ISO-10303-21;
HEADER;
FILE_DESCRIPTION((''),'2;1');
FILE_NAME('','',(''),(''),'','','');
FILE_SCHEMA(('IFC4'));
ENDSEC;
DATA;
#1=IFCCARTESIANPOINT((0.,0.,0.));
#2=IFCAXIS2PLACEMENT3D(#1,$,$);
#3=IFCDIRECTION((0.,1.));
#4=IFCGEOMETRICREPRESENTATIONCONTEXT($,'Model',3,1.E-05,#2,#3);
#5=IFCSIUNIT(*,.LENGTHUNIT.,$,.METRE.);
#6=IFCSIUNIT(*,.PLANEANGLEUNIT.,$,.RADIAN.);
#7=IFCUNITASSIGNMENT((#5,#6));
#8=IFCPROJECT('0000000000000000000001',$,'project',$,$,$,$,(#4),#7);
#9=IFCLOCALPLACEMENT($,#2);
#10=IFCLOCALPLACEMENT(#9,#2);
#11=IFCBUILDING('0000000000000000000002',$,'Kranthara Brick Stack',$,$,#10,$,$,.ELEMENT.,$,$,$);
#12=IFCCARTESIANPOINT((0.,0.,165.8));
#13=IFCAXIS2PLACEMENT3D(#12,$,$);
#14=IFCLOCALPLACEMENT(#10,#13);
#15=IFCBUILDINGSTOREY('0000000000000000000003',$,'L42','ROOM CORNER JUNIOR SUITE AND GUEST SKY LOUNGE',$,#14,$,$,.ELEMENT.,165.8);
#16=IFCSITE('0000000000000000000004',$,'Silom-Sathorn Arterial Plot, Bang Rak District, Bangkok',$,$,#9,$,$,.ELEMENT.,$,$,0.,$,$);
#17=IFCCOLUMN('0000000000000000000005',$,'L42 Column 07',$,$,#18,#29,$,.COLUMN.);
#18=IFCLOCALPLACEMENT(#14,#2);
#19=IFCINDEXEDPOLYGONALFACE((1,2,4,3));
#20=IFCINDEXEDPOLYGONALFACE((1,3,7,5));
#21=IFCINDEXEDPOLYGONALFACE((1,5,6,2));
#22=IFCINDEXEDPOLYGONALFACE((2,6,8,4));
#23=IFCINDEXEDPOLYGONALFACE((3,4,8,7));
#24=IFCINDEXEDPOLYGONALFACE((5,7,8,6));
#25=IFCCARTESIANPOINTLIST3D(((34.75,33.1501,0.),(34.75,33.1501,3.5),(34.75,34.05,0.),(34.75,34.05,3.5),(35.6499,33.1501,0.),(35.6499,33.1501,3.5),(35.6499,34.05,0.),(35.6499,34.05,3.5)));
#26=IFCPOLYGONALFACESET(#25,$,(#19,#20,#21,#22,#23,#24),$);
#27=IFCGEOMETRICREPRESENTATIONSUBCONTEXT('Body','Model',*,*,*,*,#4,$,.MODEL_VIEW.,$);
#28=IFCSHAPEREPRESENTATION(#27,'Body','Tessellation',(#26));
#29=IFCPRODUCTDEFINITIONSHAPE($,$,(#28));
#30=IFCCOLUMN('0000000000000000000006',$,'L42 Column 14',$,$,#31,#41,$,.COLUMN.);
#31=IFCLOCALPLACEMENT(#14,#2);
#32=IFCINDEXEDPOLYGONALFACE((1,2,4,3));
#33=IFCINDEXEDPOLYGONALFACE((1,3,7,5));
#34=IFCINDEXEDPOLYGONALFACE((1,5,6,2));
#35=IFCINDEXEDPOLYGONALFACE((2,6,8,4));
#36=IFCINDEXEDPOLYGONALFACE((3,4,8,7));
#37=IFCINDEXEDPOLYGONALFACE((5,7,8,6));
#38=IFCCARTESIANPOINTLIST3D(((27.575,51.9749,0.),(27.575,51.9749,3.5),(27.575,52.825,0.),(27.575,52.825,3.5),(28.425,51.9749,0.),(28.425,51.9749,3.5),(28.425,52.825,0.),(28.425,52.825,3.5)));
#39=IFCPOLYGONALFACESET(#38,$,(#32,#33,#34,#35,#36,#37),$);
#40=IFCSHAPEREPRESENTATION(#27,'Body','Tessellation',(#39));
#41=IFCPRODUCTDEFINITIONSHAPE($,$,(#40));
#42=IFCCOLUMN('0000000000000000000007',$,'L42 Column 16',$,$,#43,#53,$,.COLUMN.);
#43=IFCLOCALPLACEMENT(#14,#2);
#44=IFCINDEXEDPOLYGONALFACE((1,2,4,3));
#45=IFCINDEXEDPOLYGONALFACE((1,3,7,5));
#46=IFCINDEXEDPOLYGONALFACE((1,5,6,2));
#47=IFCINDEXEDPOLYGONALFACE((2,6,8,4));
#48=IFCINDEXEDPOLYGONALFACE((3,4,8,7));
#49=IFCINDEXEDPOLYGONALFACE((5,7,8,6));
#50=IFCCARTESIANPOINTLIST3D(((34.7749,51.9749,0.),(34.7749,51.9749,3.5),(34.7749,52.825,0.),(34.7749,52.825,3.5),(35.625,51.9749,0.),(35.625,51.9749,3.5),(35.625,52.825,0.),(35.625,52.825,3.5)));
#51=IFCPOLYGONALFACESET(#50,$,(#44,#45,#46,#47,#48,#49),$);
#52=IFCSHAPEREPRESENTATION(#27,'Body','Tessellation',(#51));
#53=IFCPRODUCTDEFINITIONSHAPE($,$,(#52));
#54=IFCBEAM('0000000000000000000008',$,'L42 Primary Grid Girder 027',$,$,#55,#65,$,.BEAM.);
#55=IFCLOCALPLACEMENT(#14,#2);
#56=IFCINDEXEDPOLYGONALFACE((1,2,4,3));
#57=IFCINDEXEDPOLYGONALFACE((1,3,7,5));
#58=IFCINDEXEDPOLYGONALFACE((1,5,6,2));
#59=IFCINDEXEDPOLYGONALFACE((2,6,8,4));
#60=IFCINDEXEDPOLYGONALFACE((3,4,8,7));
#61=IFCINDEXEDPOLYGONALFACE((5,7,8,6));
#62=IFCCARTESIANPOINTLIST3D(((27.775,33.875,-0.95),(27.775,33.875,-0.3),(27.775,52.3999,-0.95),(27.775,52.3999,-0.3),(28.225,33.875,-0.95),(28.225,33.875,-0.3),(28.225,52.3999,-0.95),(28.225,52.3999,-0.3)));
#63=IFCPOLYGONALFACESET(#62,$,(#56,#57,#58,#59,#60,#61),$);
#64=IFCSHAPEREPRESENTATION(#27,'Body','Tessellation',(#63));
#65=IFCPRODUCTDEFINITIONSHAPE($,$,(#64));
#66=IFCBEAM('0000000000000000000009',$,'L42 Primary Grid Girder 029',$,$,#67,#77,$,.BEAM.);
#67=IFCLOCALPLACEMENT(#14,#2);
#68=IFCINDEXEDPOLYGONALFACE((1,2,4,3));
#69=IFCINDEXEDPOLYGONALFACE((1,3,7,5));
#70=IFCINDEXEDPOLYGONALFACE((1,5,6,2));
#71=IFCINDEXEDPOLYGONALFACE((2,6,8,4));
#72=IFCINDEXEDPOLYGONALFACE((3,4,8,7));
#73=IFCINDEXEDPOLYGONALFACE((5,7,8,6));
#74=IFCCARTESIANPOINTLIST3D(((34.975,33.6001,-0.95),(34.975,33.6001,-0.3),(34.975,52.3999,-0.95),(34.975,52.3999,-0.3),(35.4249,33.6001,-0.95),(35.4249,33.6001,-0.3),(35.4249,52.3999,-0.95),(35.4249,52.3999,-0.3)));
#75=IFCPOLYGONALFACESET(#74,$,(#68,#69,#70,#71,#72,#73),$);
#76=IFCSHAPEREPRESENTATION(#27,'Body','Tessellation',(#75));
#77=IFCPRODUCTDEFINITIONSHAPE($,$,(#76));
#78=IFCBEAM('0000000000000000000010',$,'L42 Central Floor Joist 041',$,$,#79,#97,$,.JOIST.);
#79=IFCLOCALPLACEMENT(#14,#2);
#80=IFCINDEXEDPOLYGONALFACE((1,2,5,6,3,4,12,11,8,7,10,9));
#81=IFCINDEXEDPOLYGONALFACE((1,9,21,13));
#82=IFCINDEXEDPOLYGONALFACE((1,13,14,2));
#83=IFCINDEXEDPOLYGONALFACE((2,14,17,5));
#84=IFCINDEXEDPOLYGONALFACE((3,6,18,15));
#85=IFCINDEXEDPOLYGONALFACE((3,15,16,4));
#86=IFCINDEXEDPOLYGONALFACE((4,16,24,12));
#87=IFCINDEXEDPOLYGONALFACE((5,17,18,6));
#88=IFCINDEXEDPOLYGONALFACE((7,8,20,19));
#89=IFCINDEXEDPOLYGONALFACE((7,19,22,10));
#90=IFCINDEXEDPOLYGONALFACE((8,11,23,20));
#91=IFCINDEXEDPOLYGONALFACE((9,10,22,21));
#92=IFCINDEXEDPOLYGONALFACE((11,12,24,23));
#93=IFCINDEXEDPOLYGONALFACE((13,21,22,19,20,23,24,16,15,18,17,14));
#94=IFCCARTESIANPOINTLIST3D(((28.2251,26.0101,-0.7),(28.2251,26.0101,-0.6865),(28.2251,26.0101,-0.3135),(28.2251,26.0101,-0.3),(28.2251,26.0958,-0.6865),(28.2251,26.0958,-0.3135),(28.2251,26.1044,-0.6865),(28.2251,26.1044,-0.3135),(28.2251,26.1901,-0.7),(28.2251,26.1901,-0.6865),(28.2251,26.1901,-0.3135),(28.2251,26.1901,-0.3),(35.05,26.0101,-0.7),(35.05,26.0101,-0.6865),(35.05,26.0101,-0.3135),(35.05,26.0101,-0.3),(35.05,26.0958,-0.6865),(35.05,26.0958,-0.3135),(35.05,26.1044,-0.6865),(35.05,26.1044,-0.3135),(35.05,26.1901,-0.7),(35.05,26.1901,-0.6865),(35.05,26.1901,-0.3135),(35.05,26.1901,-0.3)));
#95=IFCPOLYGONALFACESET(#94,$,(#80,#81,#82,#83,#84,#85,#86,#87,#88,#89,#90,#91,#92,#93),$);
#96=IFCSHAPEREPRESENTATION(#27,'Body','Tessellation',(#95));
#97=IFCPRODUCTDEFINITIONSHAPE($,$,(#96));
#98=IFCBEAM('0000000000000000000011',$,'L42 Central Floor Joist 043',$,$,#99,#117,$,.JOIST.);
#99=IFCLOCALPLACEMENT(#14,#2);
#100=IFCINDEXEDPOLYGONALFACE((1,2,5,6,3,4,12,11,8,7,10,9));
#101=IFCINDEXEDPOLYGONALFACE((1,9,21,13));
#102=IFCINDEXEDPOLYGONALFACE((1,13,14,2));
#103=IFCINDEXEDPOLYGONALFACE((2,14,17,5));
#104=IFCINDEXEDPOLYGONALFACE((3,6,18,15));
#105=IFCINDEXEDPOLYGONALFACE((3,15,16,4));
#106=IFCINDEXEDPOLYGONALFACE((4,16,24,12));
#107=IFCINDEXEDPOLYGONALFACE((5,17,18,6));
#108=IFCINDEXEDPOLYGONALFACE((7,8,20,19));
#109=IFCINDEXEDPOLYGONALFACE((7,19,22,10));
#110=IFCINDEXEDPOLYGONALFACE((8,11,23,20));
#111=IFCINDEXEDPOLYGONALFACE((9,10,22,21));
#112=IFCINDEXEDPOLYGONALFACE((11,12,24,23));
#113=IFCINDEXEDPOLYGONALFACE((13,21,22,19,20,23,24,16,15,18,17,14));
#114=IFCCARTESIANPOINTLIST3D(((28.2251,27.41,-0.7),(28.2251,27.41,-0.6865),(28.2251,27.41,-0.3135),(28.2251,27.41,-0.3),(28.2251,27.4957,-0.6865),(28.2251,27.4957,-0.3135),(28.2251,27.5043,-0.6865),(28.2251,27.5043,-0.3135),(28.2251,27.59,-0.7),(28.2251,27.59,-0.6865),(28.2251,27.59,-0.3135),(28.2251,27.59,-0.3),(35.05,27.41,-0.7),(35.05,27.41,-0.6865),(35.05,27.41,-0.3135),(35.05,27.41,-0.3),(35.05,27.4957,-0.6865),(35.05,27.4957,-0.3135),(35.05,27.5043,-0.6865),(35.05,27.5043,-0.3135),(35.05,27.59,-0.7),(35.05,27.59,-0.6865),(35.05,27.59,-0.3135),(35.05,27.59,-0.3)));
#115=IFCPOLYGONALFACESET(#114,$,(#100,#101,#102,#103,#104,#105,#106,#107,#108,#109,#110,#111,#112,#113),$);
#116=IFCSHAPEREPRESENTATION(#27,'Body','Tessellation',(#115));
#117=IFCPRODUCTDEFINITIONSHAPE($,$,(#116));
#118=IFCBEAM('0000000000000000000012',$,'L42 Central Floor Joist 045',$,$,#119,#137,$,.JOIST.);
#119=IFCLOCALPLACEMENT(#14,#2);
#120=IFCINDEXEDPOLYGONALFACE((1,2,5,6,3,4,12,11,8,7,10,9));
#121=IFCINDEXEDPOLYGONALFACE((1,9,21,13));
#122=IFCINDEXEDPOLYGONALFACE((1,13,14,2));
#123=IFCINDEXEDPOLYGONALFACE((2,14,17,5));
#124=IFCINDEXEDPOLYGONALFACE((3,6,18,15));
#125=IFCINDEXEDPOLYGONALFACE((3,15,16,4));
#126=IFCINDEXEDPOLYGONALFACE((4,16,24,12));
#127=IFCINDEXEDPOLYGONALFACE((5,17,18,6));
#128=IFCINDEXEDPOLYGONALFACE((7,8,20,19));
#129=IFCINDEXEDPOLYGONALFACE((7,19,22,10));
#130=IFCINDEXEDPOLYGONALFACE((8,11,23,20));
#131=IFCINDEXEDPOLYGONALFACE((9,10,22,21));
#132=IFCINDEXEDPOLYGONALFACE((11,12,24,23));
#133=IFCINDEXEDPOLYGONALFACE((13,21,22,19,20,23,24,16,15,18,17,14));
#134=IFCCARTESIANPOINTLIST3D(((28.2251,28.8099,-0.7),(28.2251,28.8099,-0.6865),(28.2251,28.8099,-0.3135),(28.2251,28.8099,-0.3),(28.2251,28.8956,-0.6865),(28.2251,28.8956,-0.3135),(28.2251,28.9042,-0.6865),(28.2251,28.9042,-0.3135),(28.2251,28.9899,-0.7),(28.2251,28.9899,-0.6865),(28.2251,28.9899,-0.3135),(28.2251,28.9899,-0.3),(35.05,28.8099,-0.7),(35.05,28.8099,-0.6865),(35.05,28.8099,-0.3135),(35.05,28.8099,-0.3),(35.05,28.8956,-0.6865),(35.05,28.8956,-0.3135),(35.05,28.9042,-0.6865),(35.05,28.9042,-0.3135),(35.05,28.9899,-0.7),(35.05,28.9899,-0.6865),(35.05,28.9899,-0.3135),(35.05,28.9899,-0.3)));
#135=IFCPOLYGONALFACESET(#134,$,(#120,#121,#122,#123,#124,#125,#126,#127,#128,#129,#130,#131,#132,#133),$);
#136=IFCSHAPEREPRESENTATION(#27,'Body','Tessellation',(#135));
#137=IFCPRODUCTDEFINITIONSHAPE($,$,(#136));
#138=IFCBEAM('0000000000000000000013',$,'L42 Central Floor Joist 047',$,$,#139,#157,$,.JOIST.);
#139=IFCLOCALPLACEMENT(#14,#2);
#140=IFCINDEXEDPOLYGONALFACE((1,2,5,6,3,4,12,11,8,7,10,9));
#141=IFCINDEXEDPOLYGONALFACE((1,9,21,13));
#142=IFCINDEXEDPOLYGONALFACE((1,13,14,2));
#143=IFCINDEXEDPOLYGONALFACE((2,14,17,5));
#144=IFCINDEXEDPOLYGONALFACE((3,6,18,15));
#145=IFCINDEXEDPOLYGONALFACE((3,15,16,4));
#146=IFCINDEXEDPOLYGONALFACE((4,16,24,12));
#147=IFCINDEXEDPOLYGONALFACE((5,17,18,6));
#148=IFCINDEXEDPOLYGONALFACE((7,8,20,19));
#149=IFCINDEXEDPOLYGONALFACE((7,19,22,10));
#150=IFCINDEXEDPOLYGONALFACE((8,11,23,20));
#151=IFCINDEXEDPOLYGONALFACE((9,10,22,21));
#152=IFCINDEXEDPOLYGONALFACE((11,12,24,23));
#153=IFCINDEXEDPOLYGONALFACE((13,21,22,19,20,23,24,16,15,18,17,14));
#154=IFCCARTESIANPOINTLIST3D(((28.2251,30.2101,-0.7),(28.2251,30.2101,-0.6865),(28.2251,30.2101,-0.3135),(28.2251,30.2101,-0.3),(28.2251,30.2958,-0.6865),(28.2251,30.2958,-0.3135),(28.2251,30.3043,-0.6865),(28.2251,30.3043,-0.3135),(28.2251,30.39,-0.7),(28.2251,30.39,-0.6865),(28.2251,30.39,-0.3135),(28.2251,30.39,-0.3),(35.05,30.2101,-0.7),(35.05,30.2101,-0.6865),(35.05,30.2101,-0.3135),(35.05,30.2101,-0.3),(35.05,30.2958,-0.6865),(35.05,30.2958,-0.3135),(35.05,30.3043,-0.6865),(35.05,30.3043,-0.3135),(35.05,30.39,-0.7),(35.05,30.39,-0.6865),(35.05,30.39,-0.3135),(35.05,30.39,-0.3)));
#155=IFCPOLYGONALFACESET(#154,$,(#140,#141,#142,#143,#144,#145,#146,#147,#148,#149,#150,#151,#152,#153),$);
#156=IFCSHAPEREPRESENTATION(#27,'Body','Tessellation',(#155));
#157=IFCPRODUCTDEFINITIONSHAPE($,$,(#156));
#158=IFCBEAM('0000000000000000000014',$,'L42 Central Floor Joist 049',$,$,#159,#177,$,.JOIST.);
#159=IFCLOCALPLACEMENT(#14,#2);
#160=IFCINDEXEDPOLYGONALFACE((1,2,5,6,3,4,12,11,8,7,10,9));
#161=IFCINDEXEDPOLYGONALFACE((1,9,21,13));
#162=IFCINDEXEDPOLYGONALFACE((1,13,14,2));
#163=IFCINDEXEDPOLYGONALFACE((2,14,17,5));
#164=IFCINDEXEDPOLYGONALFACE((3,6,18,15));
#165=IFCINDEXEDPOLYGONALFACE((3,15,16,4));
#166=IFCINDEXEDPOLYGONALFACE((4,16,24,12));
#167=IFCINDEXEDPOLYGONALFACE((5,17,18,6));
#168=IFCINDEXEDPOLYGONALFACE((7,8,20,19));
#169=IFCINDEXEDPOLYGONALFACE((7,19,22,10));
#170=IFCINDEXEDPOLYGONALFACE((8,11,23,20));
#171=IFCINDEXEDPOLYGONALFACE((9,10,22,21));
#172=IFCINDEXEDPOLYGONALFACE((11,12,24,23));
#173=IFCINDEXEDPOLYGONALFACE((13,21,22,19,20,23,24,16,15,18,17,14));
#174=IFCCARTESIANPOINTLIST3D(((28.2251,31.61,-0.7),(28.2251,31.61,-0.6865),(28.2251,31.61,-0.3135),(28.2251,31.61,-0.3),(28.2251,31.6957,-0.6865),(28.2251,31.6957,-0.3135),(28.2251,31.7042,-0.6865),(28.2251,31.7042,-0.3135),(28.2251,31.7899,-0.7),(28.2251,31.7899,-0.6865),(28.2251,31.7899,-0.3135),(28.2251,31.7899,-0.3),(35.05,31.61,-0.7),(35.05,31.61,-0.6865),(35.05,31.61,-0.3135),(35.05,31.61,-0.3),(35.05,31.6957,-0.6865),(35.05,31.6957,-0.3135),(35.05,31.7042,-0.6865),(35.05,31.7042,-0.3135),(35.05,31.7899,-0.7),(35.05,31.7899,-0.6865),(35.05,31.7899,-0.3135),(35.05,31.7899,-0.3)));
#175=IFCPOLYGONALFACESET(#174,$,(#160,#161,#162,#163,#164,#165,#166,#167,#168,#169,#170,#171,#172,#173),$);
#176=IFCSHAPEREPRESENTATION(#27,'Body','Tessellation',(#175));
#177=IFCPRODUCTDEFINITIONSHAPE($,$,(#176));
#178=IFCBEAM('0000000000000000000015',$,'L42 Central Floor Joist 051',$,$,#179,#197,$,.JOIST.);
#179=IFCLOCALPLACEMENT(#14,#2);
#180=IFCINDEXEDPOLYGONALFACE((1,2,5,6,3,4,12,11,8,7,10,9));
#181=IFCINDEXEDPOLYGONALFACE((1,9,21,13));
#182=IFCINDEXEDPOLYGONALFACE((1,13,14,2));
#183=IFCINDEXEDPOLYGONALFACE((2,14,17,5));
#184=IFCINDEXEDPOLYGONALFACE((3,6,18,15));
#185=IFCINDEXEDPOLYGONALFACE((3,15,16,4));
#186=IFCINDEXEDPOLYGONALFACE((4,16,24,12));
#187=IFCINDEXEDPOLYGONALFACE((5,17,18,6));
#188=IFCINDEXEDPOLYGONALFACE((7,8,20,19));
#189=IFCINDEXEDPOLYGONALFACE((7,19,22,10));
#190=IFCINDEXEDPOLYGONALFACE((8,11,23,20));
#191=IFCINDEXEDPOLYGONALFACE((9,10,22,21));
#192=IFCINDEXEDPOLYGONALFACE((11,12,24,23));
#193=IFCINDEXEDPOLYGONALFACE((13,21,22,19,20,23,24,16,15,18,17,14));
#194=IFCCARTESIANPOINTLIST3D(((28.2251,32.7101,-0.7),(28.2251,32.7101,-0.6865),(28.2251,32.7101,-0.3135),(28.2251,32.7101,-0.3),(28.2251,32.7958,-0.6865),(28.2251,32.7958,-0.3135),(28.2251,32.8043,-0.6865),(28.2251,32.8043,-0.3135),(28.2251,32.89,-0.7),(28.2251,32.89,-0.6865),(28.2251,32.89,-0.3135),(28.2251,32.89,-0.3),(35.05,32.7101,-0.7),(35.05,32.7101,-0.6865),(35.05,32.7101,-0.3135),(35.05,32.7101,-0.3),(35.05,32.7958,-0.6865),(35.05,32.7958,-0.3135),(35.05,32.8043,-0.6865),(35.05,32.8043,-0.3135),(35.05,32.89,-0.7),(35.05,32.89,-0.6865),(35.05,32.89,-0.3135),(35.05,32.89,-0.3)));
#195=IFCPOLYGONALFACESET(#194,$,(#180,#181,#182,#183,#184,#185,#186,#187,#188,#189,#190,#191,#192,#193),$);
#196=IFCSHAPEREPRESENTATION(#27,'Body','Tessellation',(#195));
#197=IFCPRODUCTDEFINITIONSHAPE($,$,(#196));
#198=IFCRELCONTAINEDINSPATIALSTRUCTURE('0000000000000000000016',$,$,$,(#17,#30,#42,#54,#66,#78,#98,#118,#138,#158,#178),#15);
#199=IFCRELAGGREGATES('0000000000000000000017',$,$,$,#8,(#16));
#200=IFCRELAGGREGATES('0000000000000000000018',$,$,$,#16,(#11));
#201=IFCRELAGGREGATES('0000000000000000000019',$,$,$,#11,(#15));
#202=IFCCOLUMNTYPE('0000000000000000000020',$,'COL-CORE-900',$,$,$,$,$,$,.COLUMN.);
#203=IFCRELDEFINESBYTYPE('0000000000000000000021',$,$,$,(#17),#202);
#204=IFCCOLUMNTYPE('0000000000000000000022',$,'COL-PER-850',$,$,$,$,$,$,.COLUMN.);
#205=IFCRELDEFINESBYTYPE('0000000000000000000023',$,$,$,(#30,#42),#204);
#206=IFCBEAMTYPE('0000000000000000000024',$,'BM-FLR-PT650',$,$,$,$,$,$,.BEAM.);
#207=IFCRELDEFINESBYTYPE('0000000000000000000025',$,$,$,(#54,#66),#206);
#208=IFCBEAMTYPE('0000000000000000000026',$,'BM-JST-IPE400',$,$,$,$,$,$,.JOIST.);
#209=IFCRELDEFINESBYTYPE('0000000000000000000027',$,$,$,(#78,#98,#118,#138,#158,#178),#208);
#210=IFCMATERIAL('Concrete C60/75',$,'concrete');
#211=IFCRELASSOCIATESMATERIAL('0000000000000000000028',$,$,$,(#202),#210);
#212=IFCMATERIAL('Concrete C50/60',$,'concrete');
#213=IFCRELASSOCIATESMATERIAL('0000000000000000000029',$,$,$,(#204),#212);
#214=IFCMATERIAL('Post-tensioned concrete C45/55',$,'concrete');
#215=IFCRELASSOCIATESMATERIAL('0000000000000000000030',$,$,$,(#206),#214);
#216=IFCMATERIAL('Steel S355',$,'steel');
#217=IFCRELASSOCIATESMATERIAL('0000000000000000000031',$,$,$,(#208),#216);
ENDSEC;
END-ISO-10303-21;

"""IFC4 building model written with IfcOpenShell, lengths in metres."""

from ifc_helpers import new_model, si_unit, direction, frame, origin, origin_2d, place, context, subcontext, project, spatial, rectangle, i_section, extrude, material, material_profile, profile_set, type_object, element, save


model = new_model("IFC4")

# Units and contexts
model_context = context("Model", 3, precision=1e-05, world=origin(), true_north=direction((0.0, 1.0)))
body_context = subcontext(model_context, "Body", "Model", "MODEL_VIEW")
ifc_project = project(units=[si_unit("LENGTHUNIT", "METRE"), si_unit("PLANEANGLEUNIT", "RADIAN")], contexts=[model_context])

# Site, building, storey
site_placement = place(None, origin())
site = spatial("IfcSite", under=ifc_project, at=site_placement, Name="Silom-Sathorn Arterial Plot, Bang Rak District, Bangkok", CompositionType="ELEMENT", RefElevation=0.0)
building_placement = place(site_placement, origin())
building = spatial("IfcBuilding", under=site, at=building_placement, Name="Kranthara Brick Stack", CompositionType="ELEMENT")
storey_placement = place(building_placement, frame((0.0, 0.0, 165.8)))
storey = spatial("IfcBuildingStorey", under=building, at=storey_placement, Name="L42", Description="ROOM CORNER JUNIOR SUITE AND GUEST SKY LOUNGE", CompositionType="ELEMENT", Elevation=165.8)

# Columns
ifc_material_1 = material(Name="Concrete C60/75", Category="concrete")
ifc_material_profile_1 = material_profile(ifc_material_1, rectangle(XDim=0.8999, YDim=0.8999, at=origin_2d()), Name="RC 900x900")
ifc_profile_set_1 = profile_set([ifc_material_profile_1], Name="Concrete C60/75")
column_type_1 = type_object("IfcColumnType", Name="COL-CORE-900", PredefinedType="COLUMN", material=ifc_profile_set_1)
column_placement = place(storey_placement, frame((35.2, 33.6001, 0.0), z_axis=(0.0, 0.0, 1.0), x_axis=(1.0, 0.0, 0.0)))
element("IfcColumn", 1, at=column_placement, inside=storey, type_object=column_type_1, Name="L42 Column 07", PredefinedType="COLUMN", context=body_context, shape_type="SweptSolid", body=[
    extrude(rectangle(XDim=0.8999, YDim=0.8999, at=origin_2d()), origin(), (0.0, 0.0, 1.0), 3.5),
])
ifc_material_2 = material(Name="Concrete C50/60", Category="concrete")
ifc_material_profile_2 = material_profile(ifc_material_2, rectangle(XDim=0.8501, YDim=0.8501, at=origin_2d()), Name="RC 850x850")
ifc_profile_set_2 = profile_set([ifc_material_profile_2], Name="Concrete C50/60")
column_type_2 = type_object("IfcColumnType", Name="COL-PER-850", PredefinedType="COLUMN", material=ifc_profile_set_2)
for number, where, z_axis, x_axis, name in (
    (2, (28.0, 52.3999, 0.0), (0.0, 0.0, 1.0), (1.0, 0.0, 0.0), "L42 Column 14"),
    (3, (35.2, 52.3999, 0.0), (0.0, 0.0, 1.0), (1.0, 0.0, 0.0), "L42 Column 16"),
):
    element("IfcColumn", number, at=place(storey_placement, frame(where, z_axis=z_axis, x_axis=x_axis)), inside=storey, type_object=column_type_2, Name=name, PredefinedType="COLUMN", context=body_context, shape_type="SweptSolid", body=[
        extrude(rectangle(XDim=0.8501, YDim=0.8501, at=origin_2d()), origin(), (0.0, 0.0, 1.0), 3.5),
    ])

# Beams
ifc_material_3 = material(Name="Post-tensioned concrete C45/55", Category="concrete")
ifc_material_profile_3 = material_profile(ifc_material_3, rectangle(XDim=0.45, YDim=0.6499, at=origin_2d()), Name="PT 450x650")
ifc_profile_set_3 = profile_set([ifc_material_profile_3], Name="Post-tensioned concrete C45/55")
beam_type_1 = type_object("IfcBeamType", Name="BM-FLR-PT650", PredefinedType="BEAM", material=ifc_profile_set_3)
beam_1_placement = place(storey_placement, frame((28.0, 33.875, -0.625), z_axis=(0.0, 1.0, 0.0), x_axis=(-1.0, 0.0, 0.0)))
element("IfcBeam", 4, at=beam_1_placement, inside=storey, type_object=beam_type_1, Name="L42 Primary Grid Girder 027", PredefinedType="BEAM", context=body_context, shape_type="SweptSolid", body=[
    extrude(rectangle(XDim=0.45, YDim=0.6499, at=origin_2d()), origin(), (0.0, 0.0, 1.0), 18.5249),
])
beam_2_placement = place(storey_placement, frame((35.2, 33.6001, -0.625), z_axis=(0.0, 1.0, 0.0), x_axis=(-1.0, 0.0, 0.0)))
element("IfcBeam", 5, at=beam_2_placement, inside=storey, type_object=beam_type_1, Name="L42 Primary Grid Girder 029", PredefinedType="BEAM", context=body_context, shape_type="SweptSolid", body=[
    extrude(rectangle(XDim=0.45, YDim=0.6499, at=origin_2d()), origin(), (0.0, 0.0, 1.0), 18.7998),
])
ifc_material_4 = material(Name="Steel S355", Category="steel")
ifc_material_profile_4 = material_profile(ifc_material_4, i_section(OverallWidth=0.1799, OverallDepth=0.3999, WebThickness=0.0085, FlangeThickness=0.0134, at=origin_2d()), Name="IPE 400")
ifc_profile_set_4 = profile_set([ifc_material_profile_4], Name="Steel S355")
beam_type_2 = type_object("IfcBeamType", Name="BM-JST-IPE400", PredefinedType="JOIST", material=ifc_profile_set_4)
for number, where, z_axis, x_axis, name in (
    (6, (28.2251, 26.1001, -0.5), (1.0, 0.0, 0.0), (0.0, 1.0, 0.0), "L42 Central Floor Joist 041"),
    (7, (28.2251, 27.5, -0.5), (1.0, 0.0, 0.0), (0.0, 1.0, 0.0), "L42 Central Floor Joist 043"),
    (8, (28.2251, 28.8999, -0.5), (1.0, 0.0, 0.0), (0.0, 1.0, 0.0), "L42 Central Floor Joist 045"),
    (9, (28.2251, 30.3, -0.5), (1.0, 0.0, 0.0), (0.0, 1.0, 0.0), "L42 Central Floor Joist 047"),
    (10, (28.2251, 31.7, -0.5), (1.0, 0.0, 0.0), (0.0, 1.0, 0.0), "L42 Central Floor Joist 049"),
    (11, (28.2251, 32.8, -0.5), (1.0, 0.0, 0.0), (0.0, 1.0, 0.0), "L42 Central Floor Joist 051"),
):
    element("IfcBeam", number, at=place(storey_placement, frame(where, z_axis=z_axis, x_axis=x_axis)), inside=storey, type_object=beam_type_2, Name=name, PredefinedType="JOIST", context=body_context, shape_type="SweptSolid", body=[
        extrude(i_section(OverallWidth=0.1799, OverallDepth=0.3999, WebThickness=0.0085, FlangeThickness=0.0134, at=origin_2d()), origin(), (0.0, 0.0, 1.0), 6.825),
    ])

save(model, "model.ifc")
